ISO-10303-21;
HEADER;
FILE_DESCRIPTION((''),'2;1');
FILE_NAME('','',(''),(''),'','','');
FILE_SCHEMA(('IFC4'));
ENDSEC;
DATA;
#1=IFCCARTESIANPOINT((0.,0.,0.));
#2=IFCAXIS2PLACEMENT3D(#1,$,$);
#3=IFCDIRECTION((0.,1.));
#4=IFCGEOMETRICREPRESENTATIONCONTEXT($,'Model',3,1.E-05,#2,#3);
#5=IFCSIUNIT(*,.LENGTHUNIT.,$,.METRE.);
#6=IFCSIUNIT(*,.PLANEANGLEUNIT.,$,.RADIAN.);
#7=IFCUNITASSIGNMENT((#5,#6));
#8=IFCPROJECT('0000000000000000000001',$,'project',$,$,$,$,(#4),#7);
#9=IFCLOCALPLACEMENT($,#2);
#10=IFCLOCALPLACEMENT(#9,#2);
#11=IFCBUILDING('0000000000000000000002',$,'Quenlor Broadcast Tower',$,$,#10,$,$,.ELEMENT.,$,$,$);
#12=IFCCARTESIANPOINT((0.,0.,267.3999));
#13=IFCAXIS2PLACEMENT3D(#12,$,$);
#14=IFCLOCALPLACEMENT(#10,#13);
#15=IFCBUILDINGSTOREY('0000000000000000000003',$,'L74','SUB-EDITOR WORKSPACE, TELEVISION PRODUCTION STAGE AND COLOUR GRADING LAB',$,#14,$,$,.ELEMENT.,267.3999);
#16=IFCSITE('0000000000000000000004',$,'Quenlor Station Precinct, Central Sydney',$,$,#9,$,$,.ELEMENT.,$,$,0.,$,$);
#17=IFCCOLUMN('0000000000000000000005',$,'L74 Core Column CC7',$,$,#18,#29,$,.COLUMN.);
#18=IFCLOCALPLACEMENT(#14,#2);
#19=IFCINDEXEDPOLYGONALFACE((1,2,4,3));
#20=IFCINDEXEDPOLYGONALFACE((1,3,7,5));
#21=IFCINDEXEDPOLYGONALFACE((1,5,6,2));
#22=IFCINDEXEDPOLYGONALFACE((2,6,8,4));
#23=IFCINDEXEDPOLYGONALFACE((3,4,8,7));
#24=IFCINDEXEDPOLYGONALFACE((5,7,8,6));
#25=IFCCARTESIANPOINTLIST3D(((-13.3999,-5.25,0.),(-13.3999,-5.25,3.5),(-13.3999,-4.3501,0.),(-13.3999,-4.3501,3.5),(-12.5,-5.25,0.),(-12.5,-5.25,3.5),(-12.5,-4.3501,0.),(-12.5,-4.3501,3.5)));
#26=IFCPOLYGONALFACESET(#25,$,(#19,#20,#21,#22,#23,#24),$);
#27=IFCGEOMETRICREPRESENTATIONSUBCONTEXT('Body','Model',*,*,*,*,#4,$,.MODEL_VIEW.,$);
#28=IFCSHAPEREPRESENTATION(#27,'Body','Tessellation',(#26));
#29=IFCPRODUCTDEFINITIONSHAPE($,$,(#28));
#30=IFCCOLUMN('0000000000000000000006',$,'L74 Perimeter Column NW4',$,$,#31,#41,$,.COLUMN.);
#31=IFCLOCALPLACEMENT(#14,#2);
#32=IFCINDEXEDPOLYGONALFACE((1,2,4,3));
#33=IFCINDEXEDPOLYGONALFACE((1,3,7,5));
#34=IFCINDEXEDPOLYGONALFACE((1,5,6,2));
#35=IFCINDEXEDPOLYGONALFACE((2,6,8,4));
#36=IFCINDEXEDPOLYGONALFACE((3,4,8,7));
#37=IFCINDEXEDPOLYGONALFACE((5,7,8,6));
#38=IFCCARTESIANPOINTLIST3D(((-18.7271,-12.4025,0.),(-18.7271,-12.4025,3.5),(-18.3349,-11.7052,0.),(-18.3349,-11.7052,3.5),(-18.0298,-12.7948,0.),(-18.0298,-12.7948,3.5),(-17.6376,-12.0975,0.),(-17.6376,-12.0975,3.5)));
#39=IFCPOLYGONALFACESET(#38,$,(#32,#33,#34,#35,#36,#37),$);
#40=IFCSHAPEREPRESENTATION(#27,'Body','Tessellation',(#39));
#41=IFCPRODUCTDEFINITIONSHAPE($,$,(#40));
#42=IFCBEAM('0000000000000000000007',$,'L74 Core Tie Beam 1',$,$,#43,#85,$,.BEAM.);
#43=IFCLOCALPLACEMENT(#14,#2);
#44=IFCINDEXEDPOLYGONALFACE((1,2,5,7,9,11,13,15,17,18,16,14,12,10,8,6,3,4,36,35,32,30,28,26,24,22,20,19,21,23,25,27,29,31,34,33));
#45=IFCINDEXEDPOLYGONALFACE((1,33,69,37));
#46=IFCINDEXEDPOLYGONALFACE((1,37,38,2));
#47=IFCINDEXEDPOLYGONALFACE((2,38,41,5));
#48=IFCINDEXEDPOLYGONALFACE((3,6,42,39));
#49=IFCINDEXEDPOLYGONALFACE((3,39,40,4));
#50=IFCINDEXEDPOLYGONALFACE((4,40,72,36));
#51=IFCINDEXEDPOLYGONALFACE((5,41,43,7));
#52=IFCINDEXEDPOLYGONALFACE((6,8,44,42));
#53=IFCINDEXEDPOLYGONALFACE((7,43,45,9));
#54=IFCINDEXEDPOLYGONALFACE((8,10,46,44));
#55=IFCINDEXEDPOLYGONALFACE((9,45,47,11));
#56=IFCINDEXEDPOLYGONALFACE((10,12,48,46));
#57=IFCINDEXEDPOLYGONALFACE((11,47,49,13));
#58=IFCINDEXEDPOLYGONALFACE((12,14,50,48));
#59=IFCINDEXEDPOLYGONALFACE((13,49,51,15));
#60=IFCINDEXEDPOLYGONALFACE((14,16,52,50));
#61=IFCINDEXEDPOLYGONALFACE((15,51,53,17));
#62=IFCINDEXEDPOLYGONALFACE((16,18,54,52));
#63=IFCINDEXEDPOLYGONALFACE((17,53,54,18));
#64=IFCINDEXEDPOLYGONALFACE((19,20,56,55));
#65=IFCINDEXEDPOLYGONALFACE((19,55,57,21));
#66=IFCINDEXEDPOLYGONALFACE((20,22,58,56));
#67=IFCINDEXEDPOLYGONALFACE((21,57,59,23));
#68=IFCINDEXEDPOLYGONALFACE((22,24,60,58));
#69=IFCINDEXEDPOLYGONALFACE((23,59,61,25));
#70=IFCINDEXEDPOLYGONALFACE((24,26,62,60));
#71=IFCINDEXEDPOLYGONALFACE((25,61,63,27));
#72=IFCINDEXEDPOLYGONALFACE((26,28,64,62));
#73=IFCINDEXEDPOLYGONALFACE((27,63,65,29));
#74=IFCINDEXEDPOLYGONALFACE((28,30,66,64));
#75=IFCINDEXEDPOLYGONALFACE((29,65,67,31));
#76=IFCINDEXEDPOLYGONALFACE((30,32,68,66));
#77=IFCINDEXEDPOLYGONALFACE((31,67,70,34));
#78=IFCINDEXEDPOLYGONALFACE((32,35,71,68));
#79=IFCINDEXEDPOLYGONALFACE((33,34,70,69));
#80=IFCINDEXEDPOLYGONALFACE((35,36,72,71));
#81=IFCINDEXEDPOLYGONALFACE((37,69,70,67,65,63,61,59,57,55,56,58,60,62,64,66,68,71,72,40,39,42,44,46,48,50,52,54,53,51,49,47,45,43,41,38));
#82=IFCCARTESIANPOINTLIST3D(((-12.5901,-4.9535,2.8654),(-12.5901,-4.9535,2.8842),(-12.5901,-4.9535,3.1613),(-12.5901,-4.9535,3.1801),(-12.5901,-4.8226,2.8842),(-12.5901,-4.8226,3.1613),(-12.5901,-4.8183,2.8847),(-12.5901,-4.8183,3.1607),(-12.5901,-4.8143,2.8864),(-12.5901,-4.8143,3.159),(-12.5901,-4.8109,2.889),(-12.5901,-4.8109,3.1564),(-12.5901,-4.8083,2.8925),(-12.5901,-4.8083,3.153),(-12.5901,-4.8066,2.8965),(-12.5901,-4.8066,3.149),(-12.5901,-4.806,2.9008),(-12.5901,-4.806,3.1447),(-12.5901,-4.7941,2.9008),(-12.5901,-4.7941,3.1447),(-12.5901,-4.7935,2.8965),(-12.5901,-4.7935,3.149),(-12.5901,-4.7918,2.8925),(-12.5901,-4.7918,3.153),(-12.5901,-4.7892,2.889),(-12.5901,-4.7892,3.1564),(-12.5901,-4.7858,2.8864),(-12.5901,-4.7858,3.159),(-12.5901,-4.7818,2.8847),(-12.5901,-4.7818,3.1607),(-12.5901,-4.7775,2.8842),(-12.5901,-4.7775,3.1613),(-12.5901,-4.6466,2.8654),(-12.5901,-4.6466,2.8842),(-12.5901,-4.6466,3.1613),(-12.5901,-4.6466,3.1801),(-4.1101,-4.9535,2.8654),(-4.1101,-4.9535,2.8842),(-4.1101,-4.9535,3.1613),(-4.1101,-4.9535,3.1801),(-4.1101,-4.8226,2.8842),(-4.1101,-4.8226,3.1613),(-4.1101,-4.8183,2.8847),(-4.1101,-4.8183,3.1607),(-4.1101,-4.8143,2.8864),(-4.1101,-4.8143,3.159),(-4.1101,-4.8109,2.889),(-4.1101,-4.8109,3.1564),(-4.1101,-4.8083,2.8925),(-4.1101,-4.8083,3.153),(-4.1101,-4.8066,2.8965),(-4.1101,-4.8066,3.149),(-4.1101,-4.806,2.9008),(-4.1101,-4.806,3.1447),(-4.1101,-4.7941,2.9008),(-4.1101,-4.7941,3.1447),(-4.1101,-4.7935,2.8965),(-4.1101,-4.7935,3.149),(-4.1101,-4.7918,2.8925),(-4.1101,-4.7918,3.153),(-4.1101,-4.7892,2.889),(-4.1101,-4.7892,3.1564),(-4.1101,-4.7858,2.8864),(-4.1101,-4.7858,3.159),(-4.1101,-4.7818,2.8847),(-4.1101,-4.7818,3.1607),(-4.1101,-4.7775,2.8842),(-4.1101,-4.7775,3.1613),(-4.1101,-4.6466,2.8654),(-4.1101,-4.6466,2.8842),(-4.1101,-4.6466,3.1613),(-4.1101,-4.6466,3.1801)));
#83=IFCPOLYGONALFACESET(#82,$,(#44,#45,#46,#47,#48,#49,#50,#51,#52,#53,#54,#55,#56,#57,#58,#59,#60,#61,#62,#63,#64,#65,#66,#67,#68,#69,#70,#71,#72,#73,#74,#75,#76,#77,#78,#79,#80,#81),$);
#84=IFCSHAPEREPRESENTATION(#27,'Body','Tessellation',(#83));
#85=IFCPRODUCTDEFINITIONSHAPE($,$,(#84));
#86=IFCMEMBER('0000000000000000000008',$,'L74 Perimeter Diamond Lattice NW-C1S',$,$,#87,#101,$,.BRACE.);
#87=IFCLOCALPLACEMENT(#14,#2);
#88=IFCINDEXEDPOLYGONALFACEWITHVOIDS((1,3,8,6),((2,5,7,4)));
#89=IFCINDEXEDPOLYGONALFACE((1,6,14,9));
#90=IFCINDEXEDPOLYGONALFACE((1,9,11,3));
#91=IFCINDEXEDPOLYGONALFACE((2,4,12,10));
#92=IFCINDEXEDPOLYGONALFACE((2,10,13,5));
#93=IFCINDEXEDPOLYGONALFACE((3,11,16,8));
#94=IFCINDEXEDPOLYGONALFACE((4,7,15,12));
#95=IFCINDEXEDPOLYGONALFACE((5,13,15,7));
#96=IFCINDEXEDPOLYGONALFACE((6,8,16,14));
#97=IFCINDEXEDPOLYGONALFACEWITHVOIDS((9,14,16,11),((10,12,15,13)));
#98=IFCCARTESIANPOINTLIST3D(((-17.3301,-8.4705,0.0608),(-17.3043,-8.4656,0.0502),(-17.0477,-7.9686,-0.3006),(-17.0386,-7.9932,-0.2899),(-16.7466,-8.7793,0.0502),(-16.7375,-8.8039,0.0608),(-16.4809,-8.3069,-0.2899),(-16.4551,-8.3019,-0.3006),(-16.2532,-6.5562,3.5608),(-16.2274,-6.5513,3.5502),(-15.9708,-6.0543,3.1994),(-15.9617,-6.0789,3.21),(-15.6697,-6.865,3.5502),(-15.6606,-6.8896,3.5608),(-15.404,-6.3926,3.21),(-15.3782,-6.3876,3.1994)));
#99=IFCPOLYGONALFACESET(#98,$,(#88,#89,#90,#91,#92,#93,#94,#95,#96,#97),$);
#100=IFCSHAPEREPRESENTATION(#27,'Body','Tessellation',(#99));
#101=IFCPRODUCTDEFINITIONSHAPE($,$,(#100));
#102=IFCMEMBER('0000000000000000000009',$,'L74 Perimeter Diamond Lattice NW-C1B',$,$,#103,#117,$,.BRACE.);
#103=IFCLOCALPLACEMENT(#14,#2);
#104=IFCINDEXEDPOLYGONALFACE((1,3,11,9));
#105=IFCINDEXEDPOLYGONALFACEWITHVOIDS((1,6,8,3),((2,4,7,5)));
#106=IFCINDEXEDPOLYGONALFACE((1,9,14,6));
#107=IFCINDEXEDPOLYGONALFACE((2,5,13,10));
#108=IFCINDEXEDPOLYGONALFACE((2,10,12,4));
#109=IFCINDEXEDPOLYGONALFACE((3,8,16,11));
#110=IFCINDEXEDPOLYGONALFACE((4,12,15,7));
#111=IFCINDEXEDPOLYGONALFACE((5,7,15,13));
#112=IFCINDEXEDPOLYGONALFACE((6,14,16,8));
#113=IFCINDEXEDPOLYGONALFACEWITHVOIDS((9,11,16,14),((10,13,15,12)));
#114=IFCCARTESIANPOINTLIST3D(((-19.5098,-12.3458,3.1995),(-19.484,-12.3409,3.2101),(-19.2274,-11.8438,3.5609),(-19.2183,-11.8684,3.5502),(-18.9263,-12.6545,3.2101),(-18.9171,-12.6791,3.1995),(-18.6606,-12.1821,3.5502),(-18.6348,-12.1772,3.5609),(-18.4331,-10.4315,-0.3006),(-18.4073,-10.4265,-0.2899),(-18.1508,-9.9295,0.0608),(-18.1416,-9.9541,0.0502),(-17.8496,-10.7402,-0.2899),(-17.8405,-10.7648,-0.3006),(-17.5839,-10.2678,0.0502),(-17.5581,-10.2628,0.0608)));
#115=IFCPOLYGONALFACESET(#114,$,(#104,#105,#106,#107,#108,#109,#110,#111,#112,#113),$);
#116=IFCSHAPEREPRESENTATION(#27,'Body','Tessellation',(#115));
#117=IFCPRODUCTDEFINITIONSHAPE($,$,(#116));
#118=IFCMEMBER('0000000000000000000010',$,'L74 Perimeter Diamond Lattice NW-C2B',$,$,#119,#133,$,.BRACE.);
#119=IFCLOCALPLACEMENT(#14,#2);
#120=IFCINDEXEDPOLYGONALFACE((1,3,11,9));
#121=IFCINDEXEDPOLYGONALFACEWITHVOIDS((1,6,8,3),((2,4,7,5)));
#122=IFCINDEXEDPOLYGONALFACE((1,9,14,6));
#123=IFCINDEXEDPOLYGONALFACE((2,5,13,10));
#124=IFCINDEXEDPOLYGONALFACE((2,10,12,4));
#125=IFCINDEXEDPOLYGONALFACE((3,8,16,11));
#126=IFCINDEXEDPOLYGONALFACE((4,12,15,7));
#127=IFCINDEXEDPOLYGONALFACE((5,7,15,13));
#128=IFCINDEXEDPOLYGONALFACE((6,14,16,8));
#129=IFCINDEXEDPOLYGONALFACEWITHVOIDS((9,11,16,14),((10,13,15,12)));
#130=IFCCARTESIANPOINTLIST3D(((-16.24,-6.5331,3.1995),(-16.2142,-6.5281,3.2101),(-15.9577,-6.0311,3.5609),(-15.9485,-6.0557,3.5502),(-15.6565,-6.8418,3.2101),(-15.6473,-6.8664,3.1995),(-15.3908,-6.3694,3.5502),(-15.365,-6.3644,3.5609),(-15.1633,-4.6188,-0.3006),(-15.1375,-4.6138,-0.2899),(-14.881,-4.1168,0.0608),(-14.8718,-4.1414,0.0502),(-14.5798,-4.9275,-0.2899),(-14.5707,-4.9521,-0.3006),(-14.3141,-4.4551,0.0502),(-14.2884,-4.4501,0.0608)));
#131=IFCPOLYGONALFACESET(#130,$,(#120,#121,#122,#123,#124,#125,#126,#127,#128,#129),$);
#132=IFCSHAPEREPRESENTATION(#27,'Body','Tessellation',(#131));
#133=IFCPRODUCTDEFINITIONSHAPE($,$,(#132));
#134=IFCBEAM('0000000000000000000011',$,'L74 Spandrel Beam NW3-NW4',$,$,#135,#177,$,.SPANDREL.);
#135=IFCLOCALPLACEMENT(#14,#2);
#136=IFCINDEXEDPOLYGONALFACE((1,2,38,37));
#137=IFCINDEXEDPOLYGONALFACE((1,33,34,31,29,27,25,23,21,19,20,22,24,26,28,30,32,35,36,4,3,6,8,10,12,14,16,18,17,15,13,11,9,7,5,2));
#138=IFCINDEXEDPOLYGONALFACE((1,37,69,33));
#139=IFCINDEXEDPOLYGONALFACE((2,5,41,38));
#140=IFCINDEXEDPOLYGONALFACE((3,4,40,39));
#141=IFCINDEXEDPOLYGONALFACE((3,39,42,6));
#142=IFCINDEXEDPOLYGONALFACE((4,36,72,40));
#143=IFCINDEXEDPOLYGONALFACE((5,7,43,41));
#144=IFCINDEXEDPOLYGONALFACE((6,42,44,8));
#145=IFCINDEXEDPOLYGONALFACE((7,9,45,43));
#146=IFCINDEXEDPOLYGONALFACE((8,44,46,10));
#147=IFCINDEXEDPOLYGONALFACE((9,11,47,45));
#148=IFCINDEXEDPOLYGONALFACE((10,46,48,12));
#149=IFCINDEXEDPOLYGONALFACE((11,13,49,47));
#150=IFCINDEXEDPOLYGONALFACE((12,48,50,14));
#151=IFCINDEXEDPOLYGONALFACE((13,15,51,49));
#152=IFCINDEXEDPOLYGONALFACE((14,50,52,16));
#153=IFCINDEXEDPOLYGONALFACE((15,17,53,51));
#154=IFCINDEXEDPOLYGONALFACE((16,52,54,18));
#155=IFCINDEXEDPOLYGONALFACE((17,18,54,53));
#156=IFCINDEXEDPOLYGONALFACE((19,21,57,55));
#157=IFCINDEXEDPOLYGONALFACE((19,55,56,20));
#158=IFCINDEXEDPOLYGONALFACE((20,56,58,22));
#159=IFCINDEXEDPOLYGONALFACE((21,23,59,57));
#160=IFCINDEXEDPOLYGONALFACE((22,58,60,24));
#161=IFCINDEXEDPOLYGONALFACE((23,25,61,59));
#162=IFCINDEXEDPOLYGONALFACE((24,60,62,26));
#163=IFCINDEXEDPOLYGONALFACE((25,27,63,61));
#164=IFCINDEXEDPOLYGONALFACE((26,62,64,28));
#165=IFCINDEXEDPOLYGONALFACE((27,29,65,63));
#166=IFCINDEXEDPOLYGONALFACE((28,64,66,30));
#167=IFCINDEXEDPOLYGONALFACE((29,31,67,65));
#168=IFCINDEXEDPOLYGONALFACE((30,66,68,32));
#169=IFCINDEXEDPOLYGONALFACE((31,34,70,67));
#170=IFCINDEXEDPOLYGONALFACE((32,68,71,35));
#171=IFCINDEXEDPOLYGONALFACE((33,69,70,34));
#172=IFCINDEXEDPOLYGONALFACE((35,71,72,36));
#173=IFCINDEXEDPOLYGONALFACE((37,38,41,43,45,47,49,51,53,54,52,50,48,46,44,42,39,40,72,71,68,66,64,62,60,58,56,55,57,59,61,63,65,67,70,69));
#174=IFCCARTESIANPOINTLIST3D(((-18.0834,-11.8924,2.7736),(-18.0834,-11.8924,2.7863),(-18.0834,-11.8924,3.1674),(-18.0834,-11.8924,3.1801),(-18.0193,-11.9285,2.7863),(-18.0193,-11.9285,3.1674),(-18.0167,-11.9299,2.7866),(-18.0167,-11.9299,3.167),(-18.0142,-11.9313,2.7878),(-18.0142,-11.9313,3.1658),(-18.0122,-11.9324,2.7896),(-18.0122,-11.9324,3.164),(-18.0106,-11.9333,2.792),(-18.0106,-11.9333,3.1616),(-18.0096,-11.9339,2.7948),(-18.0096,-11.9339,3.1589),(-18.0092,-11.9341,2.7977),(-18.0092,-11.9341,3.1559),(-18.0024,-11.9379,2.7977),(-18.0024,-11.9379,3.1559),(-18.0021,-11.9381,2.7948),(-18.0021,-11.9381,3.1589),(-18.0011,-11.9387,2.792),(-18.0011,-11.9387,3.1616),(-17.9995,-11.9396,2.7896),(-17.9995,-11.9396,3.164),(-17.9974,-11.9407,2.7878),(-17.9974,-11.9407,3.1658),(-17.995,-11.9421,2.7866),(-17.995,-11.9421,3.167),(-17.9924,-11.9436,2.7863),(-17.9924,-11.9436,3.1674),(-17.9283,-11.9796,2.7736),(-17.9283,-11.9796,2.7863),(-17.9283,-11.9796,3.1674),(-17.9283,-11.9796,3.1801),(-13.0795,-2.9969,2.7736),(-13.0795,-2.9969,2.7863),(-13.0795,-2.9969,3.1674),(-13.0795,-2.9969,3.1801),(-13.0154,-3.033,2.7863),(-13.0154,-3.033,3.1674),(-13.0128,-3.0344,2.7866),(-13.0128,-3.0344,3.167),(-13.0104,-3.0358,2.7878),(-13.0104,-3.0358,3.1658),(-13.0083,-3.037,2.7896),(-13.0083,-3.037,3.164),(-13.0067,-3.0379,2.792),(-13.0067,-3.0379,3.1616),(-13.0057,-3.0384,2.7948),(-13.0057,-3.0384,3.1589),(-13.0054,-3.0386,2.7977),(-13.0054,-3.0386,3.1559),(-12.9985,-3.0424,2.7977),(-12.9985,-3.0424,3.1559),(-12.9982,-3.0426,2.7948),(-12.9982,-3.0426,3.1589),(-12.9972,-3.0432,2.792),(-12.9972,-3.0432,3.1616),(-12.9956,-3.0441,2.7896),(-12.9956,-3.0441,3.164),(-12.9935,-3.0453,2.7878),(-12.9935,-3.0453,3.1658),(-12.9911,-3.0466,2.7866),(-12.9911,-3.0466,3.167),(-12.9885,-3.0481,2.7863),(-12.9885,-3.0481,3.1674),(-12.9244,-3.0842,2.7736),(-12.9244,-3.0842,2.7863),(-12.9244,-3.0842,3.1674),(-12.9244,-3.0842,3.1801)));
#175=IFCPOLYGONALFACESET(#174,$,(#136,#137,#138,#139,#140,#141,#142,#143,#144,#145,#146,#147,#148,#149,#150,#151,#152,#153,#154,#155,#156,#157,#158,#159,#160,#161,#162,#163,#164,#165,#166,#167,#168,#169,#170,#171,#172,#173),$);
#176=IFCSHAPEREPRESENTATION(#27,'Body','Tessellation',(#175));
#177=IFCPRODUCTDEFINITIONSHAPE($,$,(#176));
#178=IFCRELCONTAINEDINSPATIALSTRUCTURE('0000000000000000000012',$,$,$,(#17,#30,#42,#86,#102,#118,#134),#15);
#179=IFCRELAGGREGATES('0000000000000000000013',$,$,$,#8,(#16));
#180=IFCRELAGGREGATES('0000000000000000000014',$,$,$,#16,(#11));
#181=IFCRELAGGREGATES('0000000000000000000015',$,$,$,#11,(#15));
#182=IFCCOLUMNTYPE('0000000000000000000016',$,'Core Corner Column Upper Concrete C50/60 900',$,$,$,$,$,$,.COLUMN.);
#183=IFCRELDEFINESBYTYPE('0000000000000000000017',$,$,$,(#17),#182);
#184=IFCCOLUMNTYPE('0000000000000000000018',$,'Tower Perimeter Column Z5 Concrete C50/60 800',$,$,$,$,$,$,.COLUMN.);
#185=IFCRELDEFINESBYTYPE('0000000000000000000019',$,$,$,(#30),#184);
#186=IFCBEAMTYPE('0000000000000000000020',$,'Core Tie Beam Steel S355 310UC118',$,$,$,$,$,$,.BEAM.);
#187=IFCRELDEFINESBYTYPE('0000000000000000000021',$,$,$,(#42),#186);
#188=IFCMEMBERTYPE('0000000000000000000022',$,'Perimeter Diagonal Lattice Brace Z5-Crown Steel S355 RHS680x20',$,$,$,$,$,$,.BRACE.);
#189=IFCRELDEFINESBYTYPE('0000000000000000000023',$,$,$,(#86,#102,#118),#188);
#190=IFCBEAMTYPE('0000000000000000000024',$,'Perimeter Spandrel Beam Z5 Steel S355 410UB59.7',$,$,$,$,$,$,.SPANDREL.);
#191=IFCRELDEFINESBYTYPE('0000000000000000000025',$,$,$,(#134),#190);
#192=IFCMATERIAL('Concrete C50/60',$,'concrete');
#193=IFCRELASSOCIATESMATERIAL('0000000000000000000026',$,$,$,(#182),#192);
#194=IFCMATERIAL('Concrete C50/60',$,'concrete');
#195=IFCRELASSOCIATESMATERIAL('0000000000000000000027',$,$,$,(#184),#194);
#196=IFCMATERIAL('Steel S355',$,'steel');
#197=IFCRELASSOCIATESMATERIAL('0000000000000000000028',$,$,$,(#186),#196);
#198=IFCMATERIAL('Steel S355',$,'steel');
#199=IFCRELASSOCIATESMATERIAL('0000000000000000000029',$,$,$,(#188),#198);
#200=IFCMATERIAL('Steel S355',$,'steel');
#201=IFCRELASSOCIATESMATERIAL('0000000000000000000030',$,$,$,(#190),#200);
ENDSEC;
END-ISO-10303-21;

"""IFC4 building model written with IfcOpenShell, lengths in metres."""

from ifc_helpers import new_model, si_unit, direction, frame, origin, origin_2d, place, context, subcontext, project, spatial, rectangle, hollow_rectangle, i_section, extrude, material, material_profile, profile_set, type_object, element, save


model = new_model("IFC4")

# Units and contexts
model_context = context("Model", 3, precision=1e-05, world=origin(), true_north=direction((0.0, 1.0)))
body_context = subcontext(model_context, "Body", "Model", "MODEL_VIEW")
ifc_project = project(units=[si_unit("LENGTHUNIT", "METRE"), si_unit("PLANEANGLEUNIT", "RADIAN")], contexts=[model_context])

# Site, building, storey
site_placement = place(None, origin())
site = spatial("IfcSite", under=ifc_project, at=site_placement, Name="Quenlor Station Precinct, Central Sydney", CompositionType="ELEMENT", RefElevation=0.0)
building_placement = place(site_placement, origin())
building = spatial("IfcBuilding", under=site, at=building_placement, Name="Quenlor Broadcast Tower", CompositionType="ELEMENT")
storey_placement = place(building_placement, frame((0.0, 0.0, 267.3999)))
storey = spatial("IfcBuildingStorey", under=building, at=storey_placement, Name="L74", Description="SUB-EDITOR WORKSPACE, TELEVISION PRODUCTION STAGE AND COLOUR GRADING LAB", CompositionType="ELEMENT", Elevation=267.3999)

# Columns
ifc_material_1 = material(Name="Concrete C50/60", Category="concrete")
ifc_material_profile_1 = material_profile(ifc_material_1, rectangle(XDim=0.8999, YDim=0.8999, at=origin_2d()))
ifc_profile_set_1 = profile_set([ifc_material_profile_1], Name="Concrete C50/60 RC900x900")
column_type_1 = type_object("IfcColumnType", Name="Core Corner Column Upper Concrete C50/60 900", PredefinedType="COLUMN", material=ifc_profile_set_1)
column_1_placement = place(storey_placement, frame((-12.95, -4.8, 0.0), z_axis=(0.0, 0.0, 1.0), x_axis=(1.0, 0.0, 0.0)))
element("IfcColumn", 1, at=column_1_placement, inside=storey, type_object=column_type_1, Name="L74 Core Column CC7", PredefinedType="COLUMN", context=body_context, shape_type="SweptSolid", body=[
    extrude(rectangle(XDim=0.8999, YDim=0.8999, at=origin_2d()), origin(), (0.0, 0.0, 1.0), 3.5),
])
ifc_material_2 = material(Name="Concrete C50/60", Category="concrete")
ifc_material_profile_2 = material_profile(ifc_material_2, rectangle(XDim=0.8, YDim=0.8, at=origin_2d()))
ifc_profile_set_2 = profile_set([ifc_material_profile_2], Name="Concrete C50/60 RC800x800")
column_type_2 = type_object("IfcColumnType", Name="Tower Perimeter Column Z5 Concrete C50/60 800", PredefinedType="COLUMN", material=ifc_profile_set_2)
column_2_placement = place(storey_placement, frame((-18.1824, -12.25, 0.0), z_axis=(0.0, 0.0, 1.0), x_axis=(-0.871575, 0.490262, 0.0)))
element("IfcColumn", 2, at=column_2_placement, inside=storey, type_object=column_type_2, Name="L74 Perimeter Column NW4", PredefinedType="COLUMN", context=body_context, shape_type="SweptSolid", body=[
    extrude(rectangle(XDim=0.8, YDim=0.8, at=origin_2d()), origin(), (0.0, 0.0, 1.0), 3.5),
])

# Beam
ifc_material_3 = material(Name="Steel S355", Category="steel")
ifc_material_profile_3 = material_profile(ifc_material_3, i_section(OverallWidth=0.3069, OverallDepth=0.3147, WebThickness=0.012, FlangeThickness=0.0188, FilletRadius=0.0166, at=origin_2d()))
ifc_profile_set_3 = profile_set([ifc_material_profile_3], Name="Steel S355 310UC118")
beam_type_1 = type_object("IfcBeamType", Name="Core Tie Beam Steel S355 310UC118", PredefinedType="BEAM", material=ifc_profile_set_3)
beam_1_placement = place(storey_placement, frame((-12.5901, -4.8, 3.0227), z_axis=(1.0, 0.0, 0.0), x_axis=(0.0, 1.0, 0.0)))
element("IfcBeam", 3, at=beam_1_placement, inside=storey, type_object=beam_type_1, Name="L74 Core Tie Beam 1", PredefinedType="BEAM", context=body_context, shape_type="SweptSolid", body=[
    extrude(i_section(OverallWidth=0.3069, OverallDepth=0.3147, WebThickness=0.012, FlangeThickness=0.0188, FilletRadius=0.0166, at=origin_2d()), origin(), (0.0, 0.0, 1.0), 8.48),
])

# Members
ifc_material_4 = material(Name="Steel S355", Category="steel")
ifc_material_profile_4 = material_profile(ifc_material_4, hollow_rectangle(XDim=0.6799, YDim=0.6799, WallThickness=0.02, at=origin_2d()))
ifc_profile_set_4 = profile_set([ifc_material_profile_4], Name="Steel S355 RHS680x680x20")
member_type = type_object("IfcMemberType", Name="Perimeter Diagonal Lattice Brace Z5-Crown Steel S355 RHS680x20", PredefinedType="BRACE", material=ifc_profile_set_4)
for number, where, z_axis, x_axis, name in (
    (4, (-16.8926, -8.3862, -0.1199), (0.260619, 0.463276, 0.847026), (-0.871555, 0.490298, 0.0), "L74 Perimeter Diamond Lattice NW-C1S"),
    (5, (-17.9956, -10.3472, -0.1199), (-0.260564, -0.463283, 0.847039), (0.871602, -0.490214, 0.0), "L74 Perimeter Diamond Lattice NW-C1B"),
    (6, (-14.7258, -4.5344, -0.1199), (-0.260564, -0.463283, 0.847039), (0.871602, -0.490214, 0.0), "L74 Perimeter Diamond Lattice NW-C2B"),
):
    element("IfcMember", number, at=place(storey_placement, frame(where, z_axis=z_axis, x_axis=x_axis)), inside=storey, type_object=member_type, Name=name, PredefinedType="BRACE", context=body_context, shape_type="SweptSolid", body=[
        extrude(hollow_rectangle(XDim=0.6799, YDim=0.6799, WallThickness=0.02, at=origin_2d()), origin(), (0.0, 0.0, 1.0), 4.1321),
    ])

# Beam
ifc_material_5 = material(Name="Steel S355", Category="steel")
ifc_material_profile_5 = material_profile(ifc_material_5, i_section(OverallWidth=0.178, OverallDepth=0.4065, WebThickness=0.0078, FlangeThickness=0.0127, FilletRadius=0.0115, at=origin_2d()))
ifc_profile_set_5 = profile_set([ifc_material_profile_5], Name="Steel S355 410UB59.7")
beam_type_2 = type_object("IfcBeamType", Name="Perimeter Spandrel Beam Z5 Steel S355 410UB59.7", PredefinedType="SPANDREL", material=ifc_profile_set_5)
beam_2_placement = place(storey_placement, frame((-13.002, -3.0405, 2.9768), z_axis=(-0.490275, -0.871568, 0.0), x_axis=(0.871568, -0.490275, 0.0)))
element("IfcBeam", 7, at=beam_2_placement, inside=storey, type_object=beam_type_2, Name="L74 Spandrel Beam NW3-NW4", PredefinedType="SPANDREL", context=body_context, shape_type="SweptSolid", body=[
    extrude(i_section(OverallWidth=0.178, OverallDepth=0.4065, WebThickness=0.0078, FlangeThickness=0.0127, FilletRadius=0.0115, at=origin_2d()), origin(), (0.0, 0.0, 1.0), 10.2063),
])

save(model, "model.ifc")
